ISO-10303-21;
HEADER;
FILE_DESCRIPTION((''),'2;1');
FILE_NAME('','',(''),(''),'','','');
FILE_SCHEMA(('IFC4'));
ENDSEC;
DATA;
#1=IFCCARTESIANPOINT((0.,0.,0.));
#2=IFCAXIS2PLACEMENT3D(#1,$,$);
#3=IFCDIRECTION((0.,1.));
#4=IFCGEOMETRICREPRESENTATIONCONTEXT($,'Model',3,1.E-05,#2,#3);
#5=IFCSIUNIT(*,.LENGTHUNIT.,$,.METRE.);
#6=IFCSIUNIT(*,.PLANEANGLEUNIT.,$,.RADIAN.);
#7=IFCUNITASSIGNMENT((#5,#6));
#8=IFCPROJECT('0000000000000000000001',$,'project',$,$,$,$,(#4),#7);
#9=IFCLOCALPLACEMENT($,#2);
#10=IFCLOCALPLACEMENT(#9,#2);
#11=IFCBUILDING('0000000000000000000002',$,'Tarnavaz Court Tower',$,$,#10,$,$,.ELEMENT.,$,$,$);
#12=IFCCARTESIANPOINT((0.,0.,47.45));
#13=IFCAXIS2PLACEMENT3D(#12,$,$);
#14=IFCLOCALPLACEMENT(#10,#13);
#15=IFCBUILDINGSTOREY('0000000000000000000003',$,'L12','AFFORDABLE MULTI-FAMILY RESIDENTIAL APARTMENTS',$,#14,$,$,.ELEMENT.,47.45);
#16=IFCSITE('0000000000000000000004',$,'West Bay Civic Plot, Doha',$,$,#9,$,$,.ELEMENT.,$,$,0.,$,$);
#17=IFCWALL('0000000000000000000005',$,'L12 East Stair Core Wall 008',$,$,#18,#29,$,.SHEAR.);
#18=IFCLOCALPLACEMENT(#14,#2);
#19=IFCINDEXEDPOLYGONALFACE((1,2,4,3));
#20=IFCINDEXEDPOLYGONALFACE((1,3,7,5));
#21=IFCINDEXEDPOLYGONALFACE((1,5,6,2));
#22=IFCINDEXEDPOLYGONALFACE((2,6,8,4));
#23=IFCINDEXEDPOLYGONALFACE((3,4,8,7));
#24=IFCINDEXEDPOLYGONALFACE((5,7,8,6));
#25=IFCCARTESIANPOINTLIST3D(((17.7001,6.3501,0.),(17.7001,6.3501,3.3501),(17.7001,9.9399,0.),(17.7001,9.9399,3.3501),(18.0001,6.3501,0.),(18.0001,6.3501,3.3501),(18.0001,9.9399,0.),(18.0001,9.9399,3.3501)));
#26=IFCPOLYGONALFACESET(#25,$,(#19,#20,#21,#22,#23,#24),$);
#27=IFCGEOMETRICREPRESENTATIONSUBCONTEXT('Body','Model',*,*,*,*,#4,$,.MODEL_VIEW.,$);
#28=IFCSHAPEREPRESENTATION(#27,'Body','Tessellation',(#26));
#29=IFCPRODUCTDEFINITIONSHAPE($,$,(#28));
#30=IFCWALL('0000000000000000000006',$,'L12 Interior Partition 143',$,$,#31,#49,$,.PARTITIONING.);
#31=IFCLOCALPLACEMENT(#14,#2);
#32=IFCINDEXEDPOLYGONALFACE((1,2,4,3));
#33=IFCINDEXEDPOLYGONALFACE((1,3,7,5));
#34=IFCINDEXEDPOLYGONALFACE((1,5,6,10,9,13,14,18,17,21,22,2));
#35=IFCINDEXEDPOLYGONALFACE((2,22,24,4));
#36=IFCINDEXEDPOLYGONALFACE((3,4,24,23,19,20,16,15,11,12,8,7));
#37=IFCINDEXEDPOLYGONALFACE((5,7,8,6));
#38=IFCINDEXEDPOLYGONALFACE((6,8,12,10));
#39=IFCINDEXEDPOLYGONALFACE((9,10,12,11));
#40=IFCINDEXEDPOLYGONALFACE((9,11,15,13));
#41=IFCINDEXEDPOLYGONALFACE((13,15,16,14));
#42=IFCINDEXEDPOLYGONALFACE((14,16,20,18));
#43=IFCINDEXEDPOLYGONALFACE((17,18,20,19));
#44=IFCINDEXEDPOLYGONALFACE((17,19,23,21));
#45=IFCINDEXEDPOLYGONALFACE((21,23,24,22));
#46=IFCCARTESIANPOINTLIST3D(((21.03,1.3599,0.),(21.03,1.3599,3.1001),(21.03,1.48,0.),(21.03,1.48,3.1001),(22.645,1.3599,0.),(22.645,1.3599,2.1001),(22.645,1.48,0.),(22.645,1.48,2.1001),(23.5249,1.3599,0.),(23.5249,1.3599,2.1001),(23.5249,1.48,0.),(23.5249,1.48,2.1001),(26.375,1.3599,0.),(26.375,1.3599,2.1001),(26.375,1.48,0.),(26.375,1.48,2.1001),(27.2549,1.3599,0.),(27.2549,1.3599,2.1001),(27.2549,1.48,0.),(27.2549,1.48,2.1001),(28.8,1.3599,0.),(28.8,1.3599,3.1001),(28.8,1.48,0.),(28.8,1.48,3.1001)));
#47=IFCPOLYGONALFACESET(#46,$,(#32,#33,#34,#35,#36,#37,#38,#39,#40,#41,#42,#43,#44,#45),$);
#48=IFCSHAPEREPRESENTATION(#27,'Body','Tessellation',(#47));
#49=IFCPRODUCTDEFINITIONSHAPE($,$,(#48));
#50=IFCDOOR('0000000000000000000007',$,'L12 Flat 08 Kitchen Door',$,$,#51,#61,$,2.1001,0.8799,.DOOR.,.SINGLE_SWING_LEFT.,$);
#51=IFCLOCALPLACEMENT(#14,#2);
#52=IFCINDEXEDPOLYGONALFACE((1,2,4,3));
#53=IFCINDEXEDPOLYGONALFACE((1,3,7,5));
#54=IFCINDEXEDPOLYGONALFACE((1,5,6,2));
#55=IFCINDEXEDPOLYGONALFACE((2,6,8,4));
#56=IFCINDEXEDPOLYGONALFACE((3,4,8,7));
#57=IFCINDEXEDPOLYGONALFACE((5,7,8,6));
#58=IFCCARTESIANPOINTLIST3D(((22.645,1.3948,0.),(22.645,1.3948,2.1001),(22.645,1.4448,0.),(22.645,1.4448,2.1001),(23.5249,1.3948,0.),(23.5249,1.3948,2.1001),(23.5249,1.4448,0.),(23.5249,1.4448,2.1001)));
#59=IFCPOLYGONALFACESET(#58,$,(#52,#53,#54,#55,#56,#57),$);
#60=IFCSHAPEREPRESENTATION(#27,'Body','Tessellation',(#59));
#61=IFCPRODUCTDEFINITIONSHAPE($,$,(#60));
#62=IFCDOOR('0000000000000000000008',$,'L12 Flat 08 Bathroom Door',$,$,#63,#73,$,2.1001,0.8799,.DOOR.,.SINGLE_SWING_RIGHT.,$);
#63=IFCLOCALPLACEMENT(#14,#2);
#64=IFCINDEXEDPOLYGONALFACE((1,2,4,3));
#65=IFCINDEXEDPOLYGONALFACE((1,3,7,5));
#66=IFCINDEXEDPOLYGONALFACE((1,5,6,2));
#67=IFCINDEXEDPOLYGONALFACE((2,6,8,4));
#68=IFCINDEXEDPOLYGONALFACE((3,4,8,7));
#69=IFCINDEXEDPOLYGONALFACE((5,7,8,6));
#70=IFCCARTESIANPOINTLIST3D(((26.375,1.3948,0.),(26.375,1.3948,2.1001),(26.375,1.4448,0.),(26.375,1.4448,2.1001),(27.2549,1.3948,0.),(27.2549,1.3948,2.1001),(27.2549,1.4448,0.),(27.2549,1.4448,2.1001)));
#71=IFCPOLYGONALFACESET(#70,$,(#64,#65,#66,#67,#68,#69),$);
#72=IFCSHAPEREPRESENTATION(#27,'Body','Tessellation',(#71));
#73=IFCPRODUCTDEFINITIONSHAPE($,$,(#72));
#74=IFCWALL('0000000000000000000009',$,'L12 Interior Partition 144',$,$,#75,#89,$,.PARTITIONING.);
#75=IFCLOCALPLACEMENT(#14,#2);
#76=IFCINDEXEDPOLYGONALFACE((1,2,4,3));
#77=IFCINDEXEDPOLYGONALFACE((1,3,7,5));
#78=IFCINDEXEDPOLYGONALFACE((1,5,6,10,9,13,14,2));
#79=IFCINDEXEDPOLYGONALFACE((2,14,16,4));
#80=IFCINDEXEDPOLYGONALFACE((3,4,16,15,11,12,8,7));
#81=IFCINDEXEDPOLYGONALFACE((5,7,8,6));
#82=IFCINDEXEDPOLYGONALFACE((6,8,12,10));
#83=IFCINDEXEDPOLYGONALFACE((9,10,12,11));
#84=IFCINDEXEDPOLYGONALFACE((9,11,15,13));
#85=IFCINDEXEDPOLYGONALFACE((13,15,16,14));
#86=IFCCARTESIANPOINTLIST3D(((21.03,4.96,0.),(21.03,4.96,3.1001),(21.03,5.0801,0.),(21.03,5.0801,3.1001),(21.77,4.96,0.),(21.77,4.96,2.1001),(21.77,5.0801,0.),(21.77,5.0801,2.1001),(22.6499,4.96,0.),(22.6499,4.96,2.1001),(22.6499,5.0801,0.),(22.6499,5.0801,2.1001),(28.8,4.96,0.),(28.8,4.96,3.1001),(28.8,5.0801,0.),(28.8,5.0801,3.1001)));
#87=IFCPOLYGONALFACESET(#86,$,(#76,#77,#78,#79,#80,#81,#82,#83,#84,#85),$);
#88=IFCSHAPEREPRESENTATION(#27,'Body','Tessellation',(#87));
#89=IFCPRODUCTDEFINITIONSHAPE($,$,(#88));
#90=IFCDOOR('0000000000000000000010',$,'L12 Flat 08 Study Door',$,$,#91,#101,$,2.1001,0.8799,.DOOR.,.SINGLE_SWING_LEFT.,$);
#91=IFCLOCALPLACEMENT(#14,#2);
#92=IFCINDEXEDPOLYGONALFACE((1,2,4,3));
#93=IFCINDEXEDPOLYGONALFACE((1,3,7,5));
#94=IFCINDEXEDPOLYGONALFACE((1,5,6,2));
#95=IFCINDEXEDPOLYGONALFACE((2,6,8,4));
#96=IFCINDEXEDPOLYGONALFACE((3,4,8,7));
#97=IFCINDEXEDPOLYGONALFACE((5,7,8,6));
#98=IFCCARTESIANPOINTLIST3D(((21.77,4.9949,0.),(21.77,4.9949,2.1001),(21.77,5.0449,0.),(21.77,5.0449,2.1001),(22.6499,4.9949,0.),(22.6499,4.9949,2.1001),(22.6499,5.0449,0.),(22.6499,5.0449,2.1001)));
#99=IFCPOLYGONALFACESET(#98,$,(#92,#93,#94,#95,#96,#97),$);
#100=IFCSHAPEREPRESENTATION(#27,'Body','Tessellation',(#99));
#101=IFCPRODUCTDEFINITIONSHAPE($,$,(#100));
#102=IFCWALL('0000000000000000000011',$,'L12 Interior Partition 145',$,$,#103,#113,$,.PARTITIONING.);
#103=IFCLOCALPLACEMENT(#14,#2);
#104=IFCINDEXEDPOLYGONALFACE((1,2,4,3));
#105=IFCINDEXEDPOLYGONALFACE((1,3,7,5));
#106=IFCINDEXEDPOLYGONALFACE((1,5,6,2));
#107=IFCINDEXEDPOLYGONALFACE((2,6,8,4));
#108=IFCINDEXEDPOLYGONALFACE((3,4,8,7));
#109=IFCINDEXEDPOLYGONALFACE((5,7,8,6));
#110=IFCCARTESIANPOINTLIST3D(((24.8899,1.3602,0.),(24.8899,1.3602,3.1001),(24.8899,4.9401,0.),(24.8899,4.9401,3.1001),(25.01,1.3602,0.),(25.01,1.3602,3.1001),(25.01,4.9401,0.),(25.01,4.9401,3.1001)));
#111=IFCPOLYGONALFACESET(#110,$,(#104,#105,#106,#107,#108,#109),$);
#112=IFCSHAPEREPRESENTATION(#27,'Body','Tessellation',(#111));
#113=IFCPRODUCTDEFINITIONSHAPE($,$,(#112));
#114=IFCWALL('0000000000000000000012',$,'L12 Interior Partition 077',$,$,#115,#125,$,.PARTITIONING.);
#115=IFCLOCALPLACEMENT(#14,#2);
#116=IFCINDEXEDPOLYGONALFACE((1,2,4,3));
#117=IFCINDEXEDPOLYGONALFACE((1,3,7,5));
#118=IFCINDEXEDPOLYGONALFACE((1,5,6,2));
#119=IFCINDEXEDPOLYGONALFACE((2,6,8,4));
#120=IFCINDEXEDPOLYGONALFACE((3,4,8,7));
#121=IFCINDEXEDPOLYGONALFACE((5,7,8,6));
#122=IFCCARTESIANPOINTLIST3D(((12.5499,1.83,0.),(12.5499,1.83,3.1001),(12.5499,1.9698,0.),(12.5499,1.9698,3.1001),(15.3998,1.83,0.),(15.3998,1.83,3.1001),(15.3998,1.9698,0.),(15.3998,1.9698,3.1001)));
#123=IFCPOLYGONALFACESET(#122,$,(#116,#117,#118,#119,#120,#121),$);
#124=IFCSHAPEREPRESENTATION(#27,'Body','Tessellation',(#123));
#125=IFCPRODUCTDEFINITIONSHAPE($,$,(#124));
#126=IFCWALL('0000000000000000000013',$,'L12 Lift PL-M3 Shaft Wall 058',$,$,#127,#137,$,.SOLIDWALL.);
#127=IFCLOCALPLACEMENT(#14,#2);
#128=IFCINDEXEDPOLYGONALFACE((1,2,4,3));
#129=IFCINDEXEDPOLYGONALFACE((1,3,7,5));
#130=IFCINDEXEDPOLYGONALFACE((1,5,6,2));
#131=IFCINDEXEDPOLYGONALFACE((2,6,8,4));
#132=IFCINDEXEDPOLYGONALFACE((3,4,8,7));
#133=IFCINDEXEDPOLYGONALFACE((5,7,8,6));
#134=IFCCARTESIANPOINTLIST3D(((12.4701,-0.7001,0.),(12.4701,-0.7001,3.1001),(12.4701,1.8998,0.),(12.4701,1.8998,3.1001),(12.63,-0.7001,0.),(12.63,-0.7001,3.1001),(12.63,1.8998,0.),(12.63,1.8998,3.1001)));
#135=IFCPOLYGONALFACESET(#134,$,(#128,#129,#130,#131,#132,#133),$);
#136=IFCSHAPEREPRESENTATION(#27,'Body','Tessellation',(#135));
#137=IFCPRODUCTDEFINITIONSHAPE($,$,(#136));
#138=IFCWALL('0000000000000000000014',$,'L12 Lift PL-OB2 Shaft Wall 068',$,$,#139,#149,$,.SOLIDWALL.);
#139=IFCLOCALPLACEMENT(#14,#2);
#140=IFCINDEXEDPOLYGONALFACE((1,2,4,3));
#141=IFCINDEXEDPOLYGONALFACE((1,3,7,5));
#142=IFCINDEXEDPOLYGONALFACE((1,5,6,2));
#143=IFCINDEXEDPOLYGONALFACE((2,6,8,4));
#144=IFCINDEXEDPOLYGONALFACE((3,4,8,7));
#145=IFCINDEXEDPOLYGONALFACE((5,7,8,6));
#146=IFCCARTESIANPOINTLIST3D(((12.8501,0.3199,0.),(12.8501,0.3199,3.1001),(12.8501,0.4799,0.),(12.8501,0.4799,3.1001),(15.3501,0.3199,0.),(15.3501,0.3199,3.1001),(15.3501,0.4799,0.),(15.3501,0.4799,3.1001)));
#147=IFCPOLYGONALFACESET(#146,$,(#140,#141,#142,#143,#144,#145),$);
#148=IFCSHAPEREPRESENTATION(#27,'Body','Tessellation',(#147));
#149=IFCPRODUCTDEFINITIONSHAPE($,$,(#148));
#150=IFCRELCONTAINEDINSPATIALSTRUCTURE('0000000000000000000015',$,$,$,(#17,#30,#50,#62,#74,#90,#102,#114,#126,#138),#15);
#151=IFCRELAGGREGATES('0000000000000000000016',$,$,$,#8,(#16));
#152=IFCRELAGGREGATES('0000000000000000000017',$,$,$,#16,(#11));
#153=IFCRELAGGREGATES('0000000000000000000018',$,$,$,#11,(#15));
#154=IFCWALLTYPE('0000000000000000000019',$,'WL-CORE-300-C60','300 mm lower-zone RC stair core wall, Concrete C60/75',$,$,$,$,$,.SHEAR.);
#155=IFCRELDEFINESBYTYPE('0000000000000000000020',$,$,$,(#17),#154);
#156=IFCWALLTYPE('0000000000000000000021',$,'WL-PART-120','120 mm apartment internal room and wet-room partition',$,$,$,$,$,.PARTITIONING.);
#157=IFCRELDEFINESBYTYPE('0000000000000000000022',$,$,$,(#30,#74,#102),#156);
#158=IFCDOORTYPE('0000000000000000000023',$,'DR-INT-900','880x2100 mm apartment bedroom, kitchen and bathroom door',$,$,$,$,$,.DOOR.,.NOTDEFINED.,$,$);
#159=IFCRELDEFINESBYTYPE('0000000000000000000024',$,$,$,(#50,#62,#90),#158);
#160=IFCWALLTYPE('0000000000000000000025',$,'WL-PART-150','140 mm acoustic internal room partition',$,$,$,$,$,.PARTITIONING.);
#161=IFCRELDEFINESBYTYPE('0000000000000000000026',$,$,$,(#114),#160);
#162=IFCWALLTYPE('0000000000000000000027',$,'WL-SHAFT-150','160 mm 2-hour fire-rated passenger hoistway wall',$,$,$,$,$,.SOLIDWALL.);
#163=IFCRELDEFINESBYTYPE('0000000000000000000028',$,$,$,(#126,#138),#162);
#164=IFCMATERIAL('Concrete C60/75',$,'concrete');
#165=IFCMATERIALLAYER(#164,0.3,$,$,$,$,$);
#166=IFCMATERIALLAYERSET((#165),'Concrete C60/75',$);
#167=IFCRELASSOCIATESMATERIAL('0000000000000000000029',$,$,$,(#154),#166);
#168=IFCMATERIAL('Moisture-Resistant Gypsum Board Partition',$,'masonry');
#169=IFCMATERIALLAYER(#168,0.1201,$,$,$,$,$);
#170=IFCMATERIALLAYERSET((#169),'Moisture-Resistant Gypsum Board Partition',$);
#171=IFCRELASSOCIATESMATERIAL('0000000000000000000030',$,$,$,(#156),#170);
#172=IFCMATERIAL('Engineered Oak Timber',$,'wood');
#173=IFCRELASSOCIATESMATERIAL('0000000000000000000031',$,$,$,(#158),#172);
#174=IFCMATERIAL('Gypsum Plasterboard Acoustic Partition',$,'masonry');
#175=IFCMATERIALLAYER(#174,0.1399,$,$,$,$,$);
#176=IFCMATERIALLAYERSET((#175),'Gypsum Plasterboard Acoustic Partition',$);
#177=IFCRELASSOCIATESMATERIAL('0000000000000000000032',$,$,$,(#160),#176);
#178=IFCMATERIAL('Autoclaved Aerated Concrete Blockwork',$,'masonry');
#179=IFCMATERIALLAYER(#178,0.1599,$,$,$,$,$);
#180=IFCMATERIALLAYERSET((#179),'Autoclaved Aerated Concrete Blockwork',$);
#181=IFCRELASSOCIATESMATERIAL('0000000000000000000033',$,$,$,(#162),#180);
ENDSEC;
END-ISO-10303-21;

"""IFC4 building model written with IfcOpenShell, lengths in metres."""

from ifc_helpers import new_model, si_unit, direction, frame, frame_2d, origin, place, context, subcontext, project, spatial, rectangle, extrude, material, layer, layer_set, type_object, element, fill, save


model = new_model("IFC4")

# Units and contexts
model_context = context("Model", 3, precision=1e-05, world=origin(), true_north=direction((0.0, 1.0)))
body_context = subcontext(model_context, "Body", "Model", "MODEL_VIEW")
ifc_project = project(units=[si_unit("LENGTHUNIT", "METRE"), si_unit("PLANEANGLEUNIT", "RADIAN")], contexts=[model_context])

# Site, building, storey
site_placement = place(None, origin())
site = spatial("IfcSite", under=ifc_project, at=site_placement, Name="West Bay Civic Plot, Doha", CompositionType="ELEMENT", RefElevation=0.0)
building_placement = place(site_placement, origin())
building = spatial("IfcBuilding", under=site, at=building_placement, Name="Tarnavaz Court Tower", CompositionType="ELEMENT")
storey_placement = place(building_placement, frame((0.0, 0.0, 47.45)))
storey = spatial("IfcBuildingStorey", under=building, at=storey_placement, Name="L12", Description="AFFORDABLE MULTI-FAMILY RESIDENTIAL APARTMENTS", CompositionType="ELEMENT", Elevation=47.45)

# Shared definitions
ifc_material_1 = material(Name="Concrete C60/75", Category="concrete")

# Wall
ifc_layer_1 = layer(ifc_material_1, 0.3)
ifc_layer_set_1 = layer_set([ifc_layer_1], Name="Concrete C60/75")
wall_type_1 = type_object("IfcWallType", Name="WL-CORE-300-C60", Description="300 mm lower-zone RC stair core wall, Concrete C60/75", PredefinedType="SHEAR", material=ifc_layer_set_1)
wall_1_placement = place(storey_placement, frame((17.8501, 6.3501, 0.0), z_axis=(0.0, 0.0, 1.0), x_axis=(0.0, 1.0, 0.0)))
element("IfcWall", 1, at=wall_1_placement, inside=storey, type_object=wall_type_1, Name="L12 East Stair Core Wall 008", PredefinedType="SHEAR", context=body_context, shape_type="SweptSolid", body=[
    extrude(rectangle(XDim=3.5898, YDim=0.3, at=frame_2d((1.7949, 0.0))), origin(), (0.0, 0.0, 1.0), 3.3501),
])

# Wall, openings, doors
ifc_material_2 = material(Name="Moisture-Resistant Gypsum Board Partition", Category="masonry")
ifc_layer_2 = layer(ifc_material_2, 0.1201)
ifc_layer_set_2 = layer_set([ifc_layer_2], Name="Moisture-Resistant Gypsum Board Partition")
wall_type_2 = type_object("IfcWallType", Name="WL-PART-120", Description="120 mm apartment internal room and wet-room partition", PredefinedType="PARTITIONING", material=ifc_layer_set_2)
wall_2_placement = place(storey_placement, frame((21.03, 1.4199, 0.0), z_axis=(0.0, 0.0, 1.0), x_axis=(1.0, 0.0, 0.0)))
wall_2 = element("IfcWall", 2, at=wall_2_placement, inside=storey, type_object=wall_type_2, Name="L12 Interior Partition 143", PredefinedType="PARTITIONING", context=body_context, shape_type="SweptSolid", body=[
    extrude(rectangle(XDim=7.77, YDim=0.1201, at=frame_2d((3.885, 0.0))), origin(), (0.0, 0.0, 1.0), 3.1001),
])
opening_1_placement = place(wall_2_placement, frame((1.615, 0.0, 0.0)))
opening_1 = element("IfcOpeningElement", 3, at=opening_1_placement, cuts=wall_2, PredefinedType="OPENING", context=body_context, shape_type="SweptSolid", body=[
    extrude(rectangle(XDim=0.8799, YDim=2.1001, at=frame_2d((0.4399, 1.05))), frame((0.0, 0.0701, 0.0), z_axis=(0.0, -1.0, 0.0), x_axis=(1.0, 0.0, 0.0)), (0.0, 0.0, 1.0), 0.1401),
])
opening_2_placement = place(wall_2_placement, frame((5.345, 0.0, 0.0)))
opening_2 = element("IfcOpeningElement", 4, at=opening_2_placement, cuts=wall_2, PredefinedType="OPENING", context=body_context, shape_type="SweptSolid", body=[
    extrude(rectangle(XDim=0.8799, YDim=2.1001, at=frame_2d((0.4399, 1.05))), frame((0.0, 0.0701, 0.0), z_axis=(0.0, -1.0, 0.0), x_axis=(1.0, 0.0, 0.0)), (0.0, 0.0, 1.0), 0.1401),
])
ifc_material_3 = material(Name="Engineered Oak Timber", Category="wood")
door_type_1 = type_object("IfcDoorType", Name="DR-INT-900", Description="880x2100 mm apartment bedroom, kitchen and bathroom door", OperationType="NOTDEFINED", PredefinedType="DOOR", material=ifc_material_3)
door_1_placement = place(opening_1_placement, origin())
door_1 = element("IfcDoor", 5, at=door_1_placement, inside=storey, type_object=door_type_1, Name="L12 Flat 08 Kitchen Door", OperationType="SINGLE_SWING_LEFT", OverallHeight=2.1001, OverallWidth=0.8799, PredefinedType="DOOR", context=body_context, shape_type="SweptSolid", body=[
    extrude(rectangle(XDim=0.8799, YDim=2.1001, at=frame_2d((0.4399, 1.05))), frame((0.0, 0.0249, 0.0), z_axis=(0.0, -1.0, 0.0), x_axis=(1.0, 0.0, 0.0)), (0.0, 0.0, 1.0), 0.05),
])
fill(opening_1, door_1)
door_2_placement = place(opening_2_placement, origin())
door_2 = element("IfcDoor", 6, at=door_2_placement, inside=storey, type_object=door_type_1, Name="L12 Flat 08 Bathroom Door", OperationType="SINGLE_SWING_RIGHT", OverallHeight=2.1001, OverallWidth=0.8799, PredefinedType="DOOR", context=body_context, shape_type="SweptSolid", body=[
    extrude(rectangle(XDim=0.8799, YDim=2.1001, at=frame_2d((0.4399, 1.05))), frame((0.0, 0.0249, 0.0), z_axis=(0.0, -1.0, 0.0), x_axis=(1.0, 0.0, 0.0)), (0.0, 0.0, 1.0), 0.05),
])
fill(opening_2, door_2)

# Wall, opening, door
wall_3_placement = place(storey_placement, frame((21.03, 5.02, 0.0), z_axis=(0.0, 0.0, 1.0), x_axis=(1.0, 0.0, 0.0)))
wall_3 = element("IfcWall", 7, at=wall_3_placement, inside=storey, type_object=wall_type_2, Name="L12 Interior Partition 144", PredefinedType="PARTITIONING", context=body_context, shape_type="SweptSolid", body=[
    extrude(rectangle(XDim=7.77, YDim=0.1201, at=frame_2d((3.885, 0.0))), origin(), (0.0, 0.0, 1.0), 3.1001),
])
opening_3_placement = place(wall_3_placement, frame((0.74, 0.0, 0.0)))
opening_3 = element("IfcOpeningElement", 8, at=opening_3_placement, cuts=wall_3, PredefinedType="OPENING", context=body_context, shape_type="SweptSolid", body=[
    extrude(rectangle(XDim=0.8799, YDim=2.1001, at=frame_2d((0.4399, 1.05))), frame((0.0, 0.0701, 0.0), z_axis=(0.0, -1.0, 0.0), x_axis=(1.0, 0.0, 0.0)), (0.0, 0.0, 1.0), 0.1401),
])
door_3_placement = place(opening_3_placement, origin())
door_3 = element("IfcDoor", 9, at=door_3_placement, inside=storey, type_object=door_type_1, Name="L12 Flat 08 Study Door", OperationType="SINGLE_SWING_LEFT", OverallHeight=2.1001, OverallWidth=0.8799, PredefinedType="DOOR", context=body_context, shape_type="SweptSolid", body=[
    extrude(rectangle(XDim=0.8799, YDim=2.1001, at=frame_2d((0.4399, 1.05))), frame((0.0, 0.0249, 0.0), z_axis=(0.0, -1.0, 0.0), x_axis=(1.0, 0.0, 0.0)), (0.0, 0.0, 1.0), 0.05),
])
fill(opening_3, door_3)

# Walls
wall_4_placement = place(storey_placement, frame((24.95, 1.3601, 0.0), z_axis=(0.0, 0.0, 1.0), x_axis=(0.0, 1.0, 0.0)))
element("IfcWall", 10, at=wall_4_placement, inside=storey, type_object=wall_type_2, Name="L12 Interior Partition 145", PredefinedType="PARTITIONING", context=body_context, shape_type="SweptSolid", body=[
    extrude(rectangle(XDim=3.5798, YDim=0.1201, at=frame_2d((1.79, 0.0))), origin(), (0.0, 0.0, 1.0), 3.1001),
])
ifc_material_4 = material(Name="Gypsum Plasterboard Acoustic Partition", Category="masonry")
ifc_layer_3 = layer(ifc_material_4, 0.1399)
ifc_layer_set_3 = layer_set([ifc_layer_3], Name="Gypsum Plasterboard Acoustic Partition")
wall_type_3 = type_object("IfcWallType", Name="WL-PART-150", Description="140 mm acoustic internal room partition", PredefinedType="PARTITIONING", material=ifc_layer_set_3)
wall_5_placement = place(storey_placement, frame((12.55, 1.8999, 0.0), z_axis=(0.0, 0.0, 1.0), x_axis=(1.0, 0.0, 0.0)))
element("IfcWall", 11, at=wall_5_placement, inside=storey, type_object=wall_type_3, Name="L12 Interior Partition 077", PredefinedType="PARTITIONING", context=body_context, shape_type="SweptSolid", body=[
    extrude(rectangle(XDim=2.8499, YDim=0.1399, at=frame_2d((1.4248, 0.0))), origin(), (0.0, 0.0, 1.0), 3.1001),
])
ifc_material_5 = material(Name="Autoclaved Aerated Concrete Blockwork", Category="masonry")
ifc_layer_4 = layer(ifc_material_5, 0.1599)
ifc_layer_set_4 = layer_set([ifc_layer_4], Name="Autoclaved Aerated Concrete Blockwork")
wall_type_4 = type_object("IfcWallType", Name="WL-SHAFT-150", Description="160 mm 2-hour fire-rated passenger hoistway wall", PredefinedType="SOLIDWALL", material=ifc_layer_set_4)
wall_6_placement = place(storey_placement, frame((12.55, -0.7, 0.0), z_axis=(0.0, 0.0, 1.0), x_axis=(0.0, 1.0, 0.0)))
element("IfcWall", 12, at=wall_6_placement, inside=storey, type_object=wall_type_4, Name="L12 Lift PL-M3 Shaft Wall 058", PredefinedType="SOLIDWALL", context=body_context, shape_type="SweptSolid", body=[
    extrude(rectangle(XDim=2.5999, YDim=0.1599, at=frame_2d((1.2998, 0.0))), origin(), (0.0, 0.0, 1.0), 3.1001),
])
wall_7_placement = place(storey_placement, frame((12.8501, 0.3999, 0.0), z_axis=(0.0, 0.0, 1.0), x_axis=(1.0, 0.0, 0.0)))
element("IfcWall", 13, at=wall_7_placement, inside=storey, type_object=wall_type_4, Name="L12 Lift PL-OB2 Shaft Wall 068", PredefinedType="SOLIDWALL", context=body_context, shape_type="SweptSolid", body=[
    extrude(rectangle(XDim=2.5, YDim=0.1599, at=frame_2d((1.25, 0.0))), origin(), (0.0, 0.0, 1.0), 3.1001),
])

save(model, "model.ifc")
